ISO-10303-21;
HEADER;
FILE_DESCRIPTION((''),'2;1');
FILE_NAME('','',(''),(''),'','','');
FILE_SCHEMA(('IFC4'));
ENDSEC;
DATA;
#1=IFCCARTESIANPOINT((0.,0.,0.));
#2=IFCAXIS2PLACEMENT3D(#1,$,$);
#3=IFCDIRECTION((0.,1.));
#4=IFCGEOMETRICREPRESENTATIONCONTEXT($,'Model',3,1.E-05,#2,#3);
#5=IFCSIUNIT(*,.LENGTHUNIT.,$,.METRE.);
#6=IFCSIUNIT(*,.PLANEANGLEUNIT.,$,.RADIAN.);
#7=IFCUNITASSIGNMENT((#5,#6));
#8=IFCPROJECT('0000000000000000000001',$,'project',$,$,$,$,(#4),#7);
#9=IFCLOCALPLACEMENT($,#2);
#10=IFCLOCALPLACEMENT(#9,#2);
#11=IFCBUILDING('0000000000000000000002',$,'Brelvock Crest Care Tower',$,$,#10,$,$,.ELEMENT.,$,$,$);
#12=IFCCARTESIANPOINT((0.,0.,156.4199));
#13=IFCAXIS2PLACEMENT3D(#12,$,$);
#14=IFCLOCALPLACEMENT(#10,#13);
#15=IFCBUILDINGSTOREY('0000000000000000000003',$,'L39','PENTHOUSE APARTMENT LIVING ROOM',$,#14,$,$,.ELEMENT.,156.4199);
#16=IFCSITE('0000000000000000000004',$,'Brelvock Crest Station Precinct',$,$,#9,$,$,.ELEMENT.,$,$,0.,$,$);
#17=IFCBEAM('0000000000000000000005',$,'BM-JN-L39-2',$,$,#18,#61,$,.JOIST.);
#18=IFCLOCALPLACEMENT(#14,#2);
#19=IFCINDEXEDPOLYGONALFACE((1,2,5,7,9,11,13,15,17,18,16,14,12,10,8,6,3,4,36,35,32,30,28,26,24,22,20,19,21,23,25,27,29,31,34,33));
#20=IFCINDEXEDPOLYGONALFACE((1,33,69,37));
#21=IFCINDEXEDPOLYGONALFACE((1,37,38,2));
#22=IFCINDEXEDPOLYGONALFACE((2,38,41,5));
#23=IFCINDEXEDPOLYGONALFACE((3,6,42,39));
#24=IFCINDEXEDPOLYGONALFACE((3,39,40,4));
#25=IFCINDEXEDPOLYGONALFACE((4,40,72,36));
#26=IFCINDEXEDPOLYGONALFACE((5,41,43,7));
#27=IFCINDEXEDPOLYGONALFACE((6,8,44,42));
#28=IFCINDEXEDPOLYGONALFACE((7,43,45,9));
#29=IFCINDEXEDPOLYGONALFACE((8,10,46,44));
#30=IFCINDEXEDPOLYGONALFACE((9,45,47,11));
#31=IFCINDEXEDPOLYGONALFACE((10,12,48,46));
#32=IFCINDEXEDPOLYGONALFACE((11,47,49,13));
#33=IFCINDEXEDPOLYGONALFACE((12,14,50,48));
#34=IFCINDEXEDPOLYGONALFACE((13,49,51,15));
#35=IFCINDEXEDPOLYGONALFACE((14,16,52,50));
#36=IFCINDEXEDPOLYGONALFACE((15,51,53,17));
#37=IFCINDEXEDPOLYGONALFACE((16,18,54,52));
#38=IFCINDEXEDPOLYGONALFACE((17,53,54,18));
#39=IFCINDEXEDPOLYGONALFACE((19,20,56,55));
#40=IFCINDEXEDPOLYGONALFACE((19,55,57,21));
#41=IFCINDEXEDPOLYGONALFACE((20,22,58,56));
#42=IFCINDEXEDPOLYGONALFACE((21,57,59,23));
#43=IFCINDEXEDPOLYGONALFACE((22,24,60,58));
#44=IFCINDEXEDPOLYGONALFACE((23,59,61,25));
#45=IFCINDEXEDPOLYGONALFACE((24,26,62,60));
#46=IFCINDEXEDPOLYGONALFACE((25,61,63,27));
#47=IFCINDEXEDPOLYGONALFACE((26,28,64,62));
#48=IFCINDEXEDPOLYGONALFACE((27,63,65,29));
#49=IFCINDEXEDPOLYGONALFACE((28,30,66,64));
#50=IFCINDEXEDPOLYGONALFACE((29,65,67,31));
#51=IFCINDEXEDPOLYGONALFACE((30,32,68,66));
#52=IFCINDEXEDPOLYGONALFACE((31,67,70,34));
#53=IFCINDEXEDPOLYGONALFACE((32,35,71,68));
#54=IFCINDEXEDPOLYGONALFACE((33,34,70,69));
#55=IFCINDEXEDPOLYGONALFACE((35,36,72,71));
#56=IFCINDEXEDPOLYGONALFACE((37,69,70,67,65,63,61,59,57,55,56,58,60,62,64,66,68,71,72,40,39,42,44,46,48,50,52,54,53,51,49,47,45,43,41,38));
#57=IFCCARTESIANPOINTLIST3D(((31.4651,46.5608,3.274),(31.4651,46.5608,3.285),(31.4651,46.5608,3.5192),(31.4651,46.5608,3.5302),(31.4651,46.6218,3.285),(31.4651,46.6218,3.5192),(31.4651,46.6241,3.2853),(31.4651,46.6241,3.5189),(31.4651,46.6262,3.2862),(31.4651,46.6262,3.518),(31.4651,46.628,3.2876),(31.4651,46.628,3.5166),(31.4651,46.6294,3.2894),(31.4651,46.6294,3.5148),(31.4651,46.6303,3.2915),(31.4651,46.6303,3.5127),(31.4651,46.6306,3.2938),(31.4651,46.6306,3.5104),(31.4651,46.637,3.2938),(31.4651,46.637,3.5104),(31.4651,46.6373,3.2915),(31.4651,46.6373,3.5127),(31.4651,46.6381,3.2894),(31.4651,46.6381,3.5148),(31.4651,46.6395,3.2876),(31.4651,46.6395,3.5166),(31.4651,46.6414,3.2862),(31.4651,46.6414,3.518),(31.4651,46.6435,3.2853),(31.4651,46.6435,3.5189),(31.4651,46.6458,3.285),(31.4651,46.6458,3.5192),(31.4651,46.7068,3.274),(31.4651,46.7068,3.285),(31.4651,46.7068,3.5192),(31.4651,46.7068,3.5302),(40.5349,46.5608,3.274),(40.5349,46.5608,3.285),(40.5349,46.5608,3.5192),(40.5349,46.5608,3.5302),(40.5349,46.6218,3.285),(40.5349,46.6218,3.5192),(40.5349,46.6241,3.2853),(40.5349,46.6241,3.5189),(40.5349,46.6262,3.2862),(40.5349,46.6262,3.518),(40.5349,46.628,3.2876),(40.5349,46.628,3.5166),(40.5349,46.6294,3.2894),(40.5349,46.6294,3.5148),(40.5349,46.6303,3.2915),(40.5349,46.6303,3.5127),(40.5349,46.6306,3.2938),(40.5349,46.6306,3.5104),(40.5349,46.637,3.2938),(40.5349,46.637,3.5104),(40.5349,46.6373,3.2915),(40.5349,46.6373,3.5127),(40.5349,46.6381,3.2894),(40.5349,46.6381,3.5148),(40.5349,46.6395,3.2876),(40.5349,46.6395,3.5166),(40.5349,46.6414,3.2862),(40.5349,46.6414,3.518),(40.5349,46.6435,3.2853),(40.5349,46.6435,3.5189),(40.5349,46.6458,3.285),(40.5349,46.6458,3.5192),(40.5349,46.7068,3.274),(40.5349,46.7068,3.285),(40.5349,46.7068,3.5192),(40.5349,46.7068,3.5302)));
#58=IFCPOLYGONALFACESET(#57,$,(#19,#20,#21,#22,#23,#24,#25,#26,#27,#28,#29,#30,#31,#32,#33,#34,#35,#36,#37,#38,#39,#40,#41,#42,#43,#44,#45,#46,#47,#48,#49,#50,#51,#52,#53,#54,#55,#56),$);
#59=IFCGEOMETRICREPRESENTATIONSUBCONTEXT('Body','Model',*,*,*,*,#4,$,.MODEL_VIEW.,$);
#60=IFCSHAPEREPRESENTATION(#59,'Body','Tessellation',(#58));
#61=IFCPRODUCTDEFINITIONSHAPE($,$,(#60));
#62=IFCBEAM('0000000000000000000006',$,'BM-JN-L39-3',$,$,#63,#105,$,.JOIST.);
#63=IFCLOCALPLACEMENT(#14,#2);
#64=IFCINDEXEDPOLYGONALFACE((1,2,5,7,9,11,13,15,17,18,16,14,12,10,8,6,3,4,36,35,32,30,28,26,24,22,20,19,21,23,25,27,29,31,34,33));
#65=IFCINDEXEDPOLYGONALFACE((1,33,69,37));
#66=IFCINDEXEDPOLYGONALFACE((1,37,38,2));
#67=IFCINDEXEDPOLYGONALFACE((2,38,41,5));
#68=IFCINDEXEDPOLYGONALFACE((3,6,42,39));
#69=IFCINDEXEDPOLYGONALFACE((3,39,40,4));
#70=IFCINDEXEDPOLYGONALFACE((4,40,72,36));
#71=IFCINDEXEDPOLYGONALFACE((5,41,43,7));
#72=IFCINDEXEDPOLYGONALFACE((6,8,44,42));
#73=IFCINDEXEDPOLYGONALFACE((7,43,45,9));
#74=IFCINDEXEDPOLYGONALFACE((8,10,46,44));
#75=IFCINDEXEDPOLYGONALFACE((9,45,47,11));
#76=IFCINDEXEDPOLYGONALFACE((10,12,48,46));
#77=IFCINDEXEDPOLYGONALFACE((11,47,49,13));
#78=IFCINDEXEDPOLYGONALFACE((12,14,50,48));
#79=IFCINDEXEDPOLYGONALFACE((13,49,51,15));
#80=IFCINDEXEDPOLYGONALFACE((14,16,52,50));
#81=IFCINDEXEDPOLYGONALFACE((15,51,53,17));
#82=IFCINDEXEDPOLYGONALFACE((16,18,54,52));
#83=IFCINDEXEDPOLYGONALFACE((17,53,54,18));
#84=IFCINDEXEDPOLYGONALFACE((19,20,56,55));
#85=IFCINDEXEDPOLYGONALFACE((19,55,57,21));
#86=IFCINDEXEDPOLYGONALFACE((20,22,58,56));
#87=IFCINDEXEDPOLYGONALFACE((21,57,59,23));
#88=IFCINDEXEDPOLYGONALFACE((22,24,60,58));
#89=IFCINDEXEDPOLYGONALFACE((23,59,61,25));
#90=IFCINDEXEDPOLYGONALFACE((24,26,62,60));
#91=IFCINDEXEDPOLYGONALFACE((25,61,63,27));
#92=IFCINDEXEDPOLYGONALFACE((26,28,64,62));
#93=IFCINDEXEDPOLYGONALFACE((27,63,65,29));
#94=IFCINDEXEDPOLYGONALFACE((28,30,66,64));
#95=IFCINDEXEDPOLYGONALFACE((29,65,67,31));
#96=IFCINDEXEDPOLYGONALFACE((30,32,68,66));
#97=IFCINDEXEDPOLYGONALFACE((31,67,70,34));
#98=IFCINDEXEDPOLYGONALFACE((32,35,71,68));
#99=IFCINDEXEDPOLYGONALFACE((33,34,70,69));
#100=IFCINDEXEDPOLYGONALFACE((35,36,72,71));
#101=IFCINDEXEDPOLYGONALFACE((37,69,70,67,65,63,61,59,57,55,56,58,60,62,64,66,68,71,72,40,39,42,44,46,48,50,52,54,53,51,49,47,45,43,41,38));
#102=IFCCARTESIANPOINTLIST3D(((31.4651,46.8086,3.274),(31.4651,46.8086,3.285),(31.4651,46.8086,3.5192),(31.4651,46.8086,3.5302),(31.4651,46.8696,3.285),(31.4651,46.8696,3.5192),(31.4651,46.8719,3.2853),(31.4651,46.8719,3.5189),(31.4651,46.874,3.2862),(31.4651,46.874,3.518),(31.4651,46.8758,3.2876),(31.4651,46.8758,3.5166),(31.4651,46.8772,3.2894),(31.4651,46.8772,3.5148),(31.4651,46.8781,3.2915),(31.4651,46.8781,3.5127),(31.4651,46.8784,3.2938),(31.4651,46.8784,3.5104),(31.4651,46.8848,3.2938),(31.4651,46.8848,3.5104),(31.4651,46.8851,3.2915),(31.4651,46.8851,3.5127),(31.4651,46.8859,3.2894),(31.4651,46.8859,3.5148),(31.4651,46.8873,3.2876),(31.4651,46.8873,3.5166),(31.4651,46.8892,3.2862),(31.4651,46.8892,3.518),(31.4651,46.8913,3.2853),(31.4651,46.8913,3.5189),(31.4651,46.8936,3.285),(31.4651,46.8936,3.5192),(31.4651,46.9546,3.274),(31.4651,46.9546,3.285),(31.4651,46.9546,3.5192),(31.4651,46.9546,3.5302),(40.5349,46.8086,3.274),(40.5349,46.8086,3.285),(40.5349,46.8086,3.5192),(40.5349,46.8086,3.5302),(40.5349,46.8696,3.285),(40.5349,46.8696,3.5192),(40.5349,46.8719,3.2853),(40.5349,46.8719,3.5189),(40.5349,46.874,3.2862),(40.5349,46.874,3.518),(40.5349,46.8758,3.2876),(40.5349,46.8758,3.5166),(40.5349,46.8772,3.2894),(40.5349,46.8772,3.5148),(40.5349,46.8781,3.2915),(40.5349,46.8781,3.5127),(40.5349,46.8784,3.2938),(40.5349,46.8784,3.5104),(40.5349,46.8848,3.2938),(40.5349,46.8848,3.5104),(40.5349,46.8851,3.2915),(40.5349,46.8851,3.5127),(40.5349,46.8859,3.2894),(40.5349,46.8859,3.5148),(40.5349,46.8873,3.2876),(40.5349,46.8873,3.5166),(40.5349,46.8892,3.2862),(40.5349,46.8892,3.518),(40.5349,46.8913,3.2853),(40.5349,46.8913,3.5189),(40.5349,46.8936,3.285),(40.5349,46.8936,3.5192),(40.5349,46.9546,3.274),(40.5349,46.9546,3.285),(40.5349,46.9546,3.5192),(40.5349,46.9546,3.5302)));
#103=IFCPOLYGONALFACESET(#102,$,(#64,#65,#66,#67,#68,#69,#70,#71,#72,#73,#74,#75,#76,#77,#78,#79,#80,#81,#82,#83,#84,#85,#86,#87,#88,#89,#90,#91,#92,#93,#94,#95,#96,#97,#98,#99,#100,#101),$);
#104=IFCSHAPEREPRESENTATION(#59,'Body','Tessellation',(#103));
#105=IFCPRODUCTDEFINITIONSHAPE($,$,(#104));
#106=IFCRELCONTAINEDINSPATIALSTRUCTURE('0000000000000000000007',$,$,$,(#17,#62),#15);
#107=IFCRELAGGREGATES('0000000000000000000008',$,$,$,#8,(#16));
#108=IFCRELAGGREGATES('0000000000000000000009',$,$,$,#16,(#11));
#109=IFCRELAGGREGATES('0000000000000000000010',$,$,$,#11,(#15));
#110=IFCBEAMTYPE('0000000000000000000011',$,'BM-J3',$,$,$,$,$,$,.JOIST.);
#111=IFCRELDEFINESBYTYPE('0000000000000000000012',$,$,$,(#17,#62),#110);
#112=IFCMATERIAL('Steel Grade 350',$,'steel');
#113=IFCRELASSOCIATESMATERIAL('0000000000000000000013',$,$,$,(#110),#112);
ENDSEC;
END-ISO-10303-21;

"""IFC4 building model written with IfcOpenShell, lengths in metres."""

from ifc_helpers import new_model, si_unit, direction, frame, origin, origin_2d, place, context, subcontext, project, spatial, i_section, extrude, source, transform, mapped, material, material_profile, profile_set, type_object, element, save


model = new_model("IFC4")

# Units and contexts
model_context = context("Model", 3, precision=1e-05, world=origin(), true_north=direction((0.0, 1.0)))
body_context = subcontext(model_context, "Body", "Model", "MODEL_VIEW")
ifc_project = project(units=[si_unit("LENGTHUNIT", "METRE"), si_unit("PLANEANGLEUNIT", "RADIAN")], contexts=[model_context])

# Site, building, storey
site_placement = place(None, origin())
site = spatial("IfcSite", under=ifc_project, at=site_placement, Name="Brelvock Crest Station Precinct", CompositionType="ELEMENT", RefElevation=0.0)
building_placement = place(site_placement, origin())
building = spatial("IfcBuilding", under=site, at=building_placement, Name="Brelvock Crest Care Tower", CompositionType="ELEMENT")
storey_placement = place(building_placement, frame((0.0, 0.0, 156.4199)))
storey = spatial("IfcBuildingStorey", under=building, at=storey_placement, Name="L39", Description="PENTHOUSE APARTMENT LIVING ROOM", CompositionType="ELEMENT", Elevation=156.4199)

# Beams
ifc_material = material(Name="Steel Grade 350", Category="steel")
ifc_material_profile = material_profile(ifc_material, i_section(OverallWidth=0.146, OverallDepth=0.2561, WebThickness=0.0063, FlangeThickness=0.011, FilletRadius=0.0088, at=origin_2d()), Name="250UB37.3")
ifc_profile_set = profile_set([ifc_material_profile], Name="Steel Grade 350")
beam_type = type_object("IfcBeamType", Name="BM-J3", PredefinedType="JOIST", material=ifc_profile_set)
shared_shape = source(origin(), body_context, "Body", "SweptSolid", [
    extrude(i_section(OverallWidth=0.146, OverallDepth=0.2561, WebThickness=0.0063, FlangeThickness=0.011, FilletRadius=0.0088, at=origin_2d()), origin(), (0.0, 0.0, 1.0), 9.0698),
])
for number, where, z_axis, x_axis, name in (
    (1, (31.4651, 46.6338, 3.4021), (1.0, 0.0, 0.0), (0.0, 1.0, 0.0), "BM-JN-L39-2"),
    (2, (31.4651, 46.8816, 3.4021), (1.0, 0.0, 0.0), (0.0, 1.0, 0.0), "BM-JN-L39-3"),
):
    element("IfcBeam", number, at=place(storey_placement, frame(where, z_axis=z_axis, x_axis=x_axis)), inside=storey, type_object=beam_type, Name=name, PredefinedType="JOIST", context=body_context, shape_type="MappedRepresentation", body=[
        mapped(shared_shape, transform((0.0, 0.0, 0.0), x_axis=(1.0, 0.0, 0.0), y_axis=(0.0, 1.0, 0.0), z_axis=(0.0, 0.0, 1.0), scale=1.0)),
    ])

save(model, "model.ifc")
